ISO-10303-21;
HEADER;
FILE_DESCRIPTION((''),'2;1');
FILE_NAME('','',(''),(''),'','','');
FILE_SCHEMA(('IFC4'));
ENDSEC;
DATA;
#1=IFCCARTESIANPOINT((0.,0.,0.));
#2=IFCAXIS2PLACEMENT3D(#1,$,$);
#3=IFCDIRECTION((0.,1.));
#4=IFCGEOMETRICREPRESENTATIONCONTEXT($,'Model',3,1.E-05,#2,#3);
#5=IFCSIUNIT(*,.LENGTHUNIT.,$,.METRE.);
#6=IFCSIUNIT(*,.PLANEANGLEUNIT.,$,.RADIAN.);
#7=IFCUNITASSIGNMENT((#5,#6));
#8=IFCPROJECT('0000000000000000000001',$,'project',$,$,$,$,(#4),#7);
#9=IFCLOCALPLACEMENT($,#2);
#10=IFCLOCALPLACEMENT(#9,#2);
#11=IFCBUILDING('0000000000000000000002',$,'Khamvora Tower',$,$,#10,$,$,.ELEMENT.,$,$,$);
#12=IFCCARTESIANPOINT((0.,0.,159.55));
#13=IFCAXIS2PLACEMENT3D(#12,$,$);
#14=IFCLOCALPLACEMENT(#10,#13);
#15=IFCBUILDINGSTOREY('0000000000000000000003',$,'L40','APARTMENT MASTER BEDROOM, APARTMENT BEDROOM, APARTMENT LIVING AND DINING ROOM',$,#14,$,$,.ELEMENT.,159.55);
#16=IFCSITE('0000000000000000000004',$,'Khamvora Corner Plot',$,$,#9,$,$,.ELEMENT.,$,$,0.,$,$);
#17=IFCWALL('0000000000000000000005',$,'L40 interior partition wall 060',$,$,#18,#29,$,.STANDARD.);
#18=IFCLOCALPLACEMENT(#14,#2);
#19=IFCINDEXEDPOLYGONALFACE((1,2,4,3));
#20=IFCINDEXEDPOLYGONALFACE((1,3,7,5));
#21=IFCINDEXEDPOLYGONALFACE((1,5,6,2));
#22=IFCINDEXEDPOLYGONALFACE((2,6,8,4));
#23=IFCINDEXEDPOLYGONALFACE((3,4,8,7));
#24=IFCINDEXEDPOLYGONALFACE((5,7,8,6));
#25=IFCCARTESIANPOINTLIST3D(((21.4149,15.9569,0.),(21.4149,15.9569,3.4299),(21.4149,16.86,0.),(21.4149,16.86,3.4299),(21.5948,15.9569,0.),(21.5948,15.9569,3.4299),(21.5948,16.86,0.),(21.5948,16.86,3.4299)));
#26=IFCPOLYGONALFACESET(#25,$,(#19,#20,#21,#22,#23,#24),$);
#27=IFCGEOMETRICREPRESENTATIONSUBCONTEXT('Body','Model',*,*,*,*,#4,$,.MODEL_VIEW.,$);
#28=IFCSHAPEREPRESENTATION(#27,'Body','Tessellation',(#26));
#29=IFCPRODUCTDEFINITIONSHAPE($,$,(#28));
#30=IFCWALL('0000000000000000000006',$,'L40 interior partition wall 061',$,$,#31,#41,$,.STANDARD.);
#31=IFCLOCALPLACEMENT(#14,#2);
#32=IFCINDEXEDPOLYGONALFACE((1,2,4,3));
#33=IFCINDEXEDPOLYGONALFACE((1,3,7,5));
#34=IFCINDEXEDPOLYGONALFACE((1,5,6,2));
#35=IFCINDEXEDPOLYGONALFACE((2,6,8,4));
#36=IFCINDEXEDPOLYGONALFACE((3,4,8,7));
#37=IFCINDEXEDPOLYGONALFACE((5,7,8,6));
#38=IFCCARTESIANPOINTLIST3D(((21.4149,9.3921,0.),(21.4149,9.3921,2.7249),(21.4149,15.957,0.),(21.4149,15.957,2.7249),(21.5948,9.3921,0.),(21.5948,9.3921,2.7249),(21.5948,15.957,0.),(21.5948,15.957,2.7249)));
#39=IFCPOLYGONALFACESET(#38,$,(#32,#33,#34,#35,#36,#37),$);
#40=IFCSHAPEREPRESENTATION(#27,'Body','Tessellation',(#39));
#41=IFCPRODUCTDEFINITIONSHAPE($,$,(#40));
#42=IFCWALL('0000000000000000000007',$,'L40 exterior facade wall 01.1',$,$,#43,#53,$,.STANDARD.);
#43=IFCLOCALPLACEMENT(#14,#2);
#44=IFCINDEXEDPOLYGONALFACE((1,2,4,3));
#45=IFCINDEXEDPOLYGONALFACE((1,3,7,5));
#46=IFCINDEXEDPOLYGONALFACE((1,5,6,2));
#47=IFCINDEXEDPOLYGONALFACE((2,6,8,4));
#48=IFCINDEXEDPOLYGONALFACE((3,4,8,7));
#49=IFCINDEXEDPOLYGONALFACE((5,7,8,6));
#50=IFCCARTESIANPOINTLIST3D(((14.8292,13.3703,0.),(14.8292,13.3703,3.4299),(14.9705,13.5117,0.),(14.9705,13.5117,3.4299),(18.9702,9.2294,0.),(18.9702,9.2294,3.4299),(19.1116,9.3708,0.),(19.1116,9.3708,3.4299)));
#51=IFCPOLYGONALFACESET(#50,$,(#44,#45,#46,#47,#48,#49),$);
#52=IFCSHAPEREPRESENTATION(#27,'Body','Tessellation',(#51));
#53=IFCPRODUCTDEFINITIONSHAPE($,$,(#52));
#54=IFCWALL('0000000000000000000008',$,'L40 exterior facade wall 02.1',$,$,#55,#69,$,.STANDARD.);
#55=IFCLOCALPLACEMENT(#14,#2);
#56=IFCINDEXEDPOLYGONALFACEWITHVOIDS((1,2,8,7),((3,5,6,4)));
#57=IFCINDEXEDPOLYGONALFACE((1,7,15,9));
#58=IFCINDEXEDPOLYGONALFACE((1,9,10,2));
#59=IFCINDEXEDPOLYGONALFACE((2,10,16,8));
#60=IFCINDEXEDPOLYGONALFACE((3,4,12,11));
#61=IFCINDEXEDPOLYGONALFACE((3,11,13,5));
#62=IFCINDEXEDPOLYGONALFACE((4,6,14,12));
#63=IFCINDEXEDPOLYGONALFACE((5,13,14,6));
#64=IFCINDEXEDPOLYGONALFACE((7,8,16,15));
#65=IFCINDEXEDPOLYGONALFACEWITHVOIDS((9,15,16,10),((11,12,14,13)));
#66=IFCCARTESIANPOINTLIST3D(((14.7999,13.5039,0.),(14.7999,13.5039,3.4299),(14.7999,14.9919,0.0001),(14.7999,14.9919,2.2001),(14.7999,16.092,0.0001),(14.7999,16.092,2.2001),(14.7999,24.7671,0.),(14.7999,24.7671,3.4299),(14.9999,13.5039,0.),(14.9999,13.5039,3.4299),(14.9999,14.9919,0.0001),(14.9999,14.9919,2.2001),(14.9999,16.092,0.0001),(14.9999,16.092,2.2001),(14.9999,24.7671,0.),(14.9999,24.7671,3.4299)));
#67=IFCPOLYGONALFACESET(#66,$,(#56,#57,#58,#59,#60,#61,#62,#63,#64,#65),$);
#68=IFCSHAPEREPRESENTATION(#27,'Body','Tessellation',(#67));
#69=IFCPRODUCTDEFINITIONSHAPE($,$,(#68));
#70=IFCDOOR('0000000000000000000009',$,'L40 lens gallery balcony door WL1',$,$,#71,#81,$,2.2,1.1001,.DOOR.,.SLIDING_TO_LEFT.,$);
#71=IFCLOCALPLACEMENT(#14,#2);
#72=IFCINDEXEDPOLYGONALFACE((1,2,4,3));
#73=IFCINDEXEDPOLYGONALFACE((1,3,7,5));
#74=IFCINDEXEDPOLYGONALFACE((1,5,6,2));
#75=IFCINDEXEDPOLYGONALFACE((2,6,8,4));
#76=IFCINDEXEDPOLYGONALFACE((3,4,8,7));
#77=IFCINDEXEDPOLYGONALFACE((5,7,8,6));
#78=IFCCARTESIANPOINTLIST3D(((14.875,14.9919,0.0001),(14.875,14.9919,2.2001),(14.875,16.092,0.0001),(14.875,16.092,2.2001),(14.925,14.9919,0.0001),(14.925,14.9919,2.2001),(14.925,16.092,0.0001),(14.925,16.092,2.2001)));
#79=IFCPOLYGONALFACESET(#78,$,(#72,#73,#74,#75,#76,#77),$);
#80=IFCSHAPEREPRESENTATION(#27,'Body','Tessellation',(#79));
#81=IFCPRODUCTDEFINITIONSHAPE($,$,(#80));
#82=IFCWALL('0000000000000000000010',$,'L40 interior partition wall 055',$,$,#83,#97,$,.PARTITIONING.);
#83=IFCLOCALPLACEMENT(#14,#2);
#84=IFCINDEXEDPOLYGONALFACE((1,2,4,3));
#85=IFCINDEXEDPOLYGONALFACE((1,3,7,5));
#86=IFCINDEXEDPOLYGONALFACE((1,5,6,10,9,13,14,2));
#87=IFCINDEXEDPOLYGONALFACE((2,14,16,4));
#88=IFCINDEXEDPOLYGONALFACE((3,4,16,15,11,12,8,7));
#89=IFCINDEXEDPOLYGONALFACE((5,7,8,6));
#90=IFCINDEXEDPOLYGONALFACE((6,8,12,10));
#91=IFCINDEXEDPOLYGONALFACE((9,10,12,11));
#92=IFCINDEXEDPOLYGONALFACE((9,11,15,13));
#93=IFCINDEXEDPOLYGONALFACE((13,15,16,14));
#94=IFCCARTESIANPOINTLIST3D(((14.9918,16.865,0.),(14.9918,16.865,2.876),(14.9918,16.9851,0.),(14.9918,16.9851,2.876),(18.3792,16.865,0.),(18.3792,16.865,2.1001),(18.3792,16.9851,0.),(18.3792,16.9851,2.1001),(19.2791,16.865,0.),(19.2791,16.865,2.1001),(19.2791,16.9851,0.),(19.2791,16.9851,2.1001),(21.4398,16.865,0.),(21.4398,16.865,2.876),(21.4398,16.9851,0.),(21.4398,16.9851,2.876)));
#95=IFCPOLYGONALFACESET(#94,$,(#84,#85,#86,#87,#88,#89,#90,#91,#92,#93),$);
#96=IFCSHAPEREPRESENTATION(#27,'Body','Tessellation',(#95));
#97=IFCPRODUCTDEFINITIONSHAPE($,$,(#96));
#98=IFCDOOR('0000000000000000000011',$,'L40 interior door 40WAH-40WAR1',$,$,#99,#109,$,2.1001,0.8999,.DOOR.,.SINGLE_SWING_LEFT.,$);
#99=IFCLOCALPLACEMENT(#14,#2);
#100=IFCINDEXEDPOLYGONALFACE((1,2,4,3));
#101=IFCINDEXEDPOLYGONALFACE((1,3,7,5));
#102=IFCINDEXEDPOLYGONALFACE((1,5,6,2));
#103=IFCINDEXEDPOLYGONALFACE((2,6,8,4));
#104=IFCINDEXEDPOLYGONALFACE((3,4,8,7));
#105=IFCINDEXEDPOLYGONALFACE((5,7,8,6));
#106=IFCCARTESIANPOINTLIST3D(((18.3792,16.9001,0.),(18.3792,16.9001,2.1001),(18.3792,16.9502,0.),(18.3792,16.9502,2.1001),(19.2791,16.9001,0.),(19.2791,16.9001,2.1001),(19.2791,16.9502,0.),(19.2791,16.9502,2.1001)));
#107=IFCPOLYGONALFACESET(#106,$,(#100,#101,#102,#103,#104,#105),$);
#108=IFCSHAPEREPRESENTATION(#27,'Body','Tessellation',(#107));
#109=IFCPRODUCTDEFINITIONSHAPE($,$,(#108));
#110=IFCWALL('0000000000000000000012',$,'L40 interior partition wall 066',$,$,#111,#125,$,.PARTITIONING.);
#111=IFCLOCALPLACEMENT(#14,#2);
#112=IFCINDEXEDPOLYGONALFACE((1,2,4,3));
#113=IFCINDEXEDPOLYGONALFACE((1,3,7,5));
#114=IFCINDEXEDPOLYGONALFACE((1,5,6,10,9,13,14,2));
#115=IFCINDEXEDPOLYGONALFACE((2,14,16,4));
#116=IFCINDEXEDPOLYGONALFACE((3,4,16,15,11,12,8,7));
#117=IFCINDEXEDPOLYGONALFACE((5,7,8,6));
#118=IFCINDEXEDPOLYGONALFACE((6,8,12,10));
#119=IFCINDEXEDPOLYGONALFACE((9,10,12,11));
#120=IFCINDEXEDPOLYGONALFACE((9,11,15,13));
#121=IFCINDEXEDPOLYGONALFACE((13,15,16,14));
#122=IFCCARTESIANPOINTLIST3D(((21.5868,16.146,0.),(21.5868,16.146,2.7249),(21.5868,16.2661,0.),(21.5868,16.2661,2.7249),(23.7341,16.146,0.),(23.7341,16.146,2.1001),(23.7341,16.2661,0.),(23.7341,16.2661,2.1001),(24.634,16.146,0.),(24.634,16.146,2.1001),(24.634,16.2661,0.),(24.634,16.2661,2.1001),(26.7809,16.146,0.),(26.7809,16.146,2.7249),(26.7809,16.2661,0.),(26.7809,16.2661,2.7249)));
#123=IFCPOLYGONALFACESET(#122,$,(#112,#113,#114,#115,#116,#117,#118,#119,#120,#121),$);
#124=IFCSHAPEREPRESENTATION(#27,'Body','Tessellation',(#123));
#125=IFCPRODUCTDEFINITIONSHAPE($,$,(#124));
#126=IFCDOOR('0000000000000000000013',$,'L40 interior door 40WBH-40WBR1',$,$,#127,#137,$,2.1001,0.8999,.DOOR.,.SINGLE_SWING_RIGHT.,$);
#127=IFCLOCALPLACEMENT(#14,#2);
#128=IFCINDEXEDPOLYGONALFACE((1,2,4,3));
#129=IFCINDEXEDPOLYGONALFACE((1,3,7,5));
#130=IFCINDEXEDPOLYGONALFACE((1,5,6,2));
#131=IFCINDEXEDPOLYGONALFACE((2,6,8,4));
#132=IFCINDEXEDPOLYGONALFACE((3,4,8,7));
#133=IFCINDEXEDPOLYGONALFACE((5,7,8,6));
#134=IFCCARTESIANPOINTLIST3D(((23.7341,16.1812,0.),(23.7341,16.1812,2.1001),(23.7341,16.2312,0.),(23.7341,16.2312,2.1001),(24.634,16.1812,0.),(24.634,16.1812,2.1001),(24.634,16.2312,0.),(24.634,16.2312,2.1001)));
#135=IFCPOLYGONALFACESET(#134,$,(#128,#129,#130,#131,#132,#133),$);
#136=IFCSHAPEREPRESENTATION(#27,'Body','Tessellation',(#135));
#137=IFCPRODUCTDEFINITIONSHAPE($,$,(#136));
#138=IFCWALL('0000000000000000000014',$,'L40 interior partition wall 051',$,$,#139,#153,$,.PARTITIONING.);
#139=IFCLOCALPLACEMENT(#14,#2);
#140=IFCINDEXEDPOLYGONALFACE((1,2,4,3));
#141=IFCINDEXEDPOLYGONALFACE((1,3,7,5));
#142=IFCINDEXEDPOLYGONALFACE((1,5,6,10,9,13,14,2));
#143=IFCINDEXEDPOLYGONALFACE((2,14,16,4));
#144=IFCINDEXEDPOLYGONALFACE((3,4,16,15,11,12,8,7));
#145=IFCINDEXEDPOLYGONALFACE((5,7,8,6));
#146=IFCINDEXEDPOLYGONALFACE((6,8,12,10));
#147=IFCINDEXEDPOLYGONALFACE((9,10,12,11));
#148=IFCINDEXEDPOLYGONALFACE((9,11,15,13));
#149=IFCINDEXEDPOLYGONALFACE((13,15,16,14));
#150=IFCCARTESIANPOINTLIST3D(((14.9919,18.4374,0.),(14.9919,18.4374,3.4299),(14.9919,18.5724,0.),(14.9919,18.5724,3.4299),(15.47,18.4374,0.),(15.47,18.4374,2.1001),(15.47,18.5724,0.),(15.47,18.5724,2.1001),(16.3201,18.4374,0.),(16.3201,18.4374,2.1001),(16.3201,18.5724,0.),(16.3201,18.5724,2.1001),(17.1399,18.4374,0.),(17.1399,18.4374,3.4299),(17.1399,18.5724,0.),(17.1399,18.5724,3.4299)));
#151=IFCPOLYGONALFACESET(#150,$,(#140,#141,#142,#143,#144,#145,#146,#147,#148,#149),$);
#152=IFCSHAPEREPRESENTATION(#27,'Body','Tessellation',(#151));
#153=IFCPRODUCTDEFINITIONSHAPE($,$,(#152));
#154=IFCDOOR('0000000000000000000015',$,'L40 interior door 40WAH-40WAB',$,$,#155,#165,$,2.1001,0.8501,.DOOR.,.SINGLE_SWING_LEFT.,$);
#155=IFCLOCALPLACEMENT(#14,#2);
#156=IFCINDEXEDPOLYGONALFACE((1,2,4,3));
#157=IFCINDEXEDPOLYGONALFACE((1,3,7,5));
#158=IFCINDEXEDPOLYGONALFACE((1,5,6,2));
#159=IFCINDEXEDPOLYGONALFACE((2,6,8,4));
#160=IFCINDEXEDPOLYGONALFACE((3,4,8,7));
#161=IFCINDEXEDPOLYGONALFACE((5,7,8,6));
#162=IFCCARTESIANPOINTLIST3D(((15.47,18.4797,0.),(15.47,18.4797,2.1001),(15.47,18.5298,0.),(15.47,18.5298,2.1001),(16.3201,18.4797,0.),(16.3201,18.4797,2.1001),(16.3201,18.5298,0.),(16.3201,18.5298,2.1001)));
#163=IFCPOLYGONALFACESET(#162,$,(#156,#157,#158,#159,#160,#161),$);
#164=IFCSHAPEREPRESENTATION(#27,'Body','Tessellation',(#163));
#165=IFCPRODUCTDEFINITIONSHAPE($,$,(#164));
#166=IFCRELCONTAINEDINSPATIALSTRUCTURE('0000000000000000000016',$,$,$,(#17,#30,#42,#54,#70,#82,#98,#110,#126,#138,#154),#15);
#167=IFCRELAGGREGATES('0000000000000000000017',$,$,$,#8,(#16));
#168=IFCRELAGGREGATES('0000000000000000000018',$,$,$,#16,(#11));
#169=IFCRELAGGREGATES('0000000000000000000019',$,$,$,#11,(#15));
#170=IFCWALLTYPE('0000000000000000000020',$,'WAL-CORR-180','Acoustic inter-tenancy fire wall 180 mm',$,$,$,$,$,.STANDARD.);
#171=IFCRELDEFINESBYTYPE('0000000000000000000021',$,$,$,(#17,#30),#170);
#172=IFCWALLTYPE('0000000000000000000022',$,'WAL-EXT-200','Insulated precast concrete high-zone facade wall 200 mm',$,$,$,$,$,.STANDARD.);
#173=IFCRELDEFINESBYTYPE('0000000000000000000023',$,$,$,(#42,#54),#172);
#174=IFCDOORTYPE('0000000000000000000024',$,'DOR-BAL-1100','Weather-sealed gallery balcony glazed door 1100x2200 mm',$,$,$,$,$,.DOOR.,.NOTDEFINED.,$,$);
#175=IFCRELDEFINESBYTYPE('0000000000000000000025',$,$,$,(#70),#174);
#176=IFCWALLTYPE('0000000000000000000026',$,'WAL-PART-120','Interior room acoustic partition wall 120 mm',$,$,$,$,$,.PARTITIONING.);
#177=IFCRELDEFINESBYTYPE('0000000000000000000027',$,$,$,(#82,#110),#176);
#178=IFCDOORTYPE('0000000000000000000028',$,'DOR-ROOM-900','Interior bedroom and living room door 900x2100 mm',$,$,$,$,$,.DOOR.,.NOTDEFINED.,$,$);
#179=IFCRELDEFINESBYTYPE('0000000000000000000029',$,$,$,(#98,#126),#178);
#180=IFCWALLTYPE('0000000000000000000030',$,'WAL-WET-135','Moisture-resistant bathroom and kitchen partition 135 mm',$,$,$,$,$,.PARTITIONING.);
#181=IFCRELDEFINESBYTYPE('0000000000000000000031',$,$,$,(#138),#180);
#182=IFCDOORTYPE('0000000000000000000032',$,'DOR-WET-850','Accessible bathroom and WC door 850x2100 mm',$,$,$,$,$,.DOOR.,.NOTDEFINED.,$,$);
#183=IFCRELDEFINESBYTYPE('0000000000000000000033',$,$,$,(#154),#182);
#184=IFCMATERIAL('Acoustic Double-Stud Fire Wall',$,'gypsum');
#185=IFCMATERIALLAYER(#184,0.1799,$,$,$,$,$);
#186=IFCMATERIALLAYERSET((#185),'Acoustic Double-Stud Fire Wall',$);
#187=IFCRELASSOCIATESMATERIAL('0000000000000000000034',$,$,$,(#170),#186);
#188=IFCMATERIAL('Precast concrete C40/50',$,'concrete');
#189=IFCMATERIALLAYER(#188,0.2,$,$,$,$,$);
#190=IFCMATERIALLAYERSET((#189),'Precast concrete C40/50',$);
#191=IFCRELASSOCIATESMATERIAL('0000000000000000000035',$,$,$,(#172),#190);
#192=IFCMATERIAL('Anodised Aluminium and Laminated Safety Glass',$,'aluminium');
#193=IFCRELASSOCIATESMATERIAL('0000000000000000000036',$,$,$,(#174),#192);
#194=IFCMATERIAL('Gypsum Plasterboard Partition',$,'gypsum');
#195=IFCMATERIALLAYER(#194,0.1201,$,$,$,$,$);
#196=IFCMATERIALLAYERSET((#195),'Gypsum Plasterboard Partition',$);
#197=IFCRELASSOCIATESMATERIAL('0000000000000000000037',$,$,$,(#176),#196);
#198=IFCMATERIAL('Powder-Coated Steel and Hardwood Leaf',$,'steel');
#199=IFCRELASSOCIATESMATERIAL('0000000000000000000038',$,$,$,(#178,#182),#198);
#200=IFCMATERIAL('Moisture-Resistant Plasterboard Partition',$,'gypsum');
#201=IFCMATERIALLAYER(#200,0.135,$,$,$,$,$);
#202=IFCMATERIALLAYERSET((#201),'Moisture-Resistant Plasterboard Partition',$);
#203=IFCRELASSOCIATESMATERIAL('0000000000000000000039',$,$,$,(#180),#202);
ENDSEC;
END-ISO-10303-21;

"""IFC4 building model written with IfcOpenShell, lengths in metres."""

from ifc_helpers import new_model, si_unit, direction, frame, frame_2d, origin, place, context, subcontext, project, spatial, rectangle, extrude, material, layer, layer_set, type_object, element, fill, save


model = new_model("IFC4")

# Units and contexts
model_context = context("Model", 3, precision=1e-05, world=origin(), true_north=direction((0.0, 1.0)))
body_context = subcontext(model_context, "Body", "Model", "MODEL_VIEW")
ifc_project = project(units=[si_unit("LENGTHUNIT", "METRE"), si_unit("PLANEANGLEUNIT", "RADIAN")], contexts=[model_context])

# Site, building, storey
site_placement = place(None, origin())
site = spatial("IfcSite", under=ifc_project, at=site_placement, Name="Khamvora Corner Plot", CompositionType="ELEMENT", RefElevation=0.0)
building_placement = place(site_placement, origin())
building = spatial("IfcBuilding", under=site, at=building_placement, Name="Khamvora Tower", CompositionType="ELEMENT")
storey_placement = place(building_placement, frame((0.0, 0.0, 159.55)))
storey = spatial("IfcBuildingStorey", under=building, at=storey_placement, Name="L40", Description="APARTMENT MASTER BEDROOM, APARTMENT BEDROOM, APARTMENT LIVING AND DINING ROOM", CompositionType="ELEMENT", Elevation=159.55)

# Walls
ifc_material_1 = material(Name="Acoustic Double-Stud Fire Wall", Category="gypsum")
ifc_layer_1 = layer(ifc_material_1, 0.1799)
ifc_layer_set_1 = layer_set([ifc_layer_1], Name="Acoustic Double-Stud Fire Wall")
wall_type_1 = type_object("IfcWallType", Name="WAL-CORR-180", Description="Acoustic inter-tenancy fire wall 180 mm", PredefinedType="STANDARD", material=ifc_layer_set_1)
wall_1_placement = place(storey_placement, frame((21.5049, 16.8601, 0.0), z_axis=(0.0, 0.0, 1.0), x_axis=(0.0, -1.0, 0.0)))
element("IfcWall", 1, at=wall_1_placement, inside=storey, type_object=wall_type_1, Name="L40 interior partition wall 060", PredefinedType="STANDARD", context=body_context, shape_type="SweptSolid", body=[
    extrude(rectangle(XDim=0.9031, YDim=0.1799, at=frame_2d((0.4517, 0.0))), origin(), (0.0, 0.0, 1.0), 3.4299),
])
wall_2_placement = place(storey_placement, frame((21.5049, 15.957, 0.0), z_axis=(0.0, 0.0, 1.0), x_axis=(0.0, -1.0, 0.0)))
element("IfcWall", 2, at=wall_2_placement, inside=storey, type_object=wall_type_1, Name="L40 interior partition wall 061", PredefinedType="STANDARD", context=body_context, shape_type="SweptSolid", body=[
    extrude(rectangle(XDim=6.5649, YDim=0.1799, at=frame_2d((3.2825, 0.0))), origin(), (0.0, 0.0, 1.0), 2.7249),
])
ifc_material_2 = material(Name="Precast concrete C40/50", Category="concrete")
ifc_layer_2 = layer(ifc_material_2, 0.2)
ifc_layer_set_2 = layer_set([ifc_layer_2], Name="Precast concrete C40/50")
wall_type_2 = type_object("IfcWallType", Name="WAL-EXT-200", Description="Insulated precast concrete high-zone facade wall 200 mm", PredefinedType="STANDARD", material=ifc_layer_set_2)
wall_3_placement = place(storey_placement, frame((19.041, 9.3, 0.0), z_axis=(0.0, 0.0, 1.0), x_axis=(-0.707128, 0.707086, 0.0)))
element("IfcWall", 3, at=wall_3_placement, inside=storey, type_object=wall_type_2, Name="L40 exterior facade wall 01.1", PredefinedType="STANDARD", context=body_context, shape_type="SweptSolid", body=[
    extrude(rectangle(XDim=5.8562, YDim=0.2, at=frame_2d((2.9282, 0.0))), origin(), (0.0, 0.0, 1.0), 3.4299),
])

# Walls, openings, doors
wall_4_placement = place(storey_placement, frame((14.8999, 13.5039, 0.0), z_axis=(0.0, 0.0, 1.0), x_axis=(0.0, 1.0, 0.0)))
wall_4 = element("IfcWall", 4, at=wall_4_placement, inside=storey, type_object=wall_type_2, Name="L40 exterior facade wall 02.1", PredefinedType="STANDARD", context=body_context, shape_type="SweptSolid", body=[
    extrude(rectangle(XDim=11.2632, YDim=0.2, at=frame_2d((5.6316, 0.0))), origin(), (0.0, 0.0, 1.0), 3.4299),
])
opening_1_placement = place(wall_4_placement, frame((1.488, 0.0, 0.0)))
opening_1 = element("IfcOpeningElement", 5, at=opening_1_placement, cuts=wall_4, PredefinedType="OPENING", context=body_context, shape_type="SweptSolid", body=[
    extrude(rectangle(XDim=1.1001, YDim=2.2, at=frame_2d((0.55, 1.1001))), frame((0.0, 0.1099, 0.0), z_axis=(0.0, -1.0, 0.0), x_axis=(1.0, 0.0, 0.0)), (0.0, 0.0, 1.0), 0.22),
])
ifc_material_3 = material(Name="Anodised Aluminium and Laminated Safety Glass", Category="aluminium")
door_type_1 = type_object("IfcDoorType", Name="DOR-BAL-1100", Description="Weather-sealed gallery balcony glazed door 1100x2200 mm", OperationType="NOTDEFINED", PredefinedType="DOOR", material=ifc_material_3)
door_1_placement = place(opening_1_placement, origin())
door_1 = element("IfcDoor", 6, at=door_1_placement, inside=storey, type_object=door_type_1, Name="L40 lens gallery balcony door WL1", OperationType="SLIDING_TO_LEFT", OverallHeight=2.2, OverallWidth=1.1001, PredefinedType="DOOR", context=body_context, shape_type="SweptSolid", body=[
    extrude(rectangle(XDim=1.1001, YDim=2.2, at=frame_2d((0.55, 1.1001))), frame((0.0, 0.0249, 0.0), z_axis=(0.0, -1.0, 0.0), x_axis=(1.0, 0.0, 0.0)), (0.0, 0.0, 1.0), 0.05),
])
fill(opening_1, door_1)
ifc_material_4 = material(Name="Gypsum Plasterboard Partition", Category="gypsum")
ifc_layer_3 = layer(ifc_material_4, 0.1201)
ifc_layer_set_3 = layer_set([ifc_layer_3], Name="Gypsum Plasterboard Partition")
wall_type_3 = type_object("IfcWallType", Name="WAL-PART-120", Description="Interior room acoustic partition wall 120 mm", PredefinedType="PARTITIONING", material=ifc_layer_set_3)
wall_5_placement = place(storey_placement, frame((21.4399, 16.925, 0.0), z_axis=(0.0, 0.0, 1.0), x_axis=(-1.0, 0.0, 0.0)))
wall_5 = element("IfcWall", 7, at=wall_5_placement, inside=storey, type_object=wall_type_3, Name="L40 interior partition wall 055", PredefinedType="PARTITIONING", context=body_context, shape_type="SweptSolid", body=[
    extrude(rectangle(XDim=6.448, YDim=0.1201, at=frame_2d((3.2241, 0.0))), origin(), (0.0, 0.0, 1.0), 2.876),
])
opening_2_placement = place(wall_5_placement, frame((2.1609, 0.0, 0.0)))
opening_2 = element("IfcOpeningElement", 8, at=opening_2_placement, cuts=wall_5, PredefinedType="OPENING", context=body_context, shape_type="SweptSolid", body=[
    extrude(rectangle(XDim=0.8999, YDim=2.1001, at=frame_2d((0.45, 1.05))), frame((0.0, 0.0701, 0.0), z_axis=(0.0, -1.0, 0.0), x_axis=(1.0, 0.0, 0.0)), (0.0, 0.0, 1.0), 0.1401),
])
ifc_material_5 = material(Name="Powder-Coated Steel and Hardwood Leaf", Category="steel")
door_type_2 = type_object("IfcDoorType", Name="DOR-ROOM-900", Description="Interior bedroom and living room door 900x2100 mm", OperationType="NOTDEFINED", PredefinedType="DOOR", material=ifc_material_5)
door_2_placement = place(opening_2_placement, origin())
door_2 = element("IfcDoor", 9, at=door_2_placement, inside=storey, type_object=door_type_2, Name="L40 interior door 40WAH-40WAR1", OperationType="SINGLE_SWING_LEFT", OverallHeight=2.1001, OverallWidth=0.8999, PredefinedType="DOOR", context=body_context, shape_type="SweptSolid", body=[
    extrude(rectangle(XDim=0.8999, YDim=2.1001, at=frame_2d((0.45, 1.05))), frame((0.0, 0.0249, 0.0), z_axis=(0.0, -1.0, 0.0), x_axis=(1.0, 0.0, 0.0)), (0.0, 0.0, 1.0), 0.05),
])
fill(opening_2, door_2)
wall_6_placement = place(storey_placement, frame((26.781, 16.2061, 0.0), z_axis=(0.0, 0.0, 1.0), x_axis=(-1.0, 0.0, 0.0)))
wall_6 = element("IfcWall", 10, at=wall_6_placement, inside=storey, type_object=wall_type_3, Name="L40 interior partition wall 066", PredefinedType="PARTITIONING", context=body_context, shape_type="SweptSolid", body=[
    extrude(rectangle(XDim=5.1941, YDim=0.1201, at=frame_2d((2.5972, 0.0))), origin(), (0.0, 0.0, 1.0), 2.7249),
])
opening_3_placement = place(wall_6_placement, frame((2.147, 0.0, 0.0)))
opening_3 = element("IfcOpeningElement", 11, at=opening_3_placement, cuts=wall_6, PredefinedType="OPENING", context=body_context, shape_type="SweptSolid", body=[
    extrude(rectangle(XDim=0.8999, YDim=2.1001, at=frame_2d((0.45, 1.05))), frame((0.0, 0.0701, 0.0), z_axis=(0.0, -1.0, 0.0), x_axis=(1.0, 0.0, 0.0)), (0.0, 0.0, 1.0), 0.1401),
])
door_3_placement = place(opening_3_placement, origin())
door_3 = element("IfcDoor", 12, at=door_3_placement, inside=storey, type_object=door_type_2, Name="L40 interior door 40WBH-40WBR1", OperationType="SINGLE_SWING_RIGHT", OverallHeight=2.1001, OverallWidth=0.8999, PredefinedType="DOOR", context=body_context, shape_type="SweptSolid", body=[
    extrude(rectangle(XDim=0.8999, YDim=2.1001, at=frame_2d((0.45, 1.05))), frame((0.0, 0.0249, 0.0), z_axis=(0.0, -1.0, 0.0), x_axis=(1.0, 0.0, 0.0)), (0.0, 0.0, 1.0), 0.05),
])
fill(opening_3, door_3)
ifc_material_6 = material(Name="Moisture-Resistant Plasterboard Partition", Category="gypsum")
ifc_layer_4 = layer(ifc_material_6, 0.135)
ifc_layer_set_4 = layer_set([ifc_layer_4], Name="Moisture-Resistant Plasterboard Partition")
wall_type_4 = type_object("IfcWallType", Name="WAL-WET-135", Description="Moisture-resistant bathroom and kitchen partition 135 mm", PredefinedType="PARTITIONING", material=ifc_layer_set_4)
wall_7_placement = place(storey_placement, frame((14.9919, 18.5049, 0.0), z_axis=(0.0, 0.0, 1.0), x_axis=(1.0, 0.0, 0.0)))
wall_7 = element("IfcWall", 13, at=wall_7_placement, inside=storey, type_object=wall_type_4, Name="L40 interior partition wall 051", PredefinedType="PARTITIONING", context=body_context, shape_type="SweptSolid", body=[
    extrude(rectangle(XDim=2.1479, YDim=0.135, at=frame_2d((1.074, 0.0))), origin(), (0.0, 0.0, 1.0), 3.4299),
])
opening_4_placement = place(wall_7_placement, frame((0.478, 0.0, 0.0)))
opening_4 = element("IfcOpeningElement", 14, at=opening_4_placement, cuts=wall_7, PredefinedType="OPENING", context=body_context, shape_type="SweptSolid", body=[
    extrude(rectangle(XDim=0.8501, YDim=2.1001, at=frame_2d((0.425, 1.05))), frame((0.0, 0.0774, 0.0), z_axis=(0.0, -1.0, 0.0), x_axis=(1.0, 0.0, 0.0)), (0.0, 0.0, 1.0), 0.155),
])
door_type_3 = type_object("IfcDoorType", Name="DOR-WET-850", Description="Accessible bathroom and WC door 850x2100 mm", OperationType="NOTDEFINED", PredefinedType="DOOR", material=ifc_material_5)
door_4_placement = place(opening_4_placement, origin())
door_4 = element("IfcDoor", 15, at=door_4_placement, inside=storey, type_object=door_type_3, Name="L40 interior door 40WAH-40WAB", OperationType="SINGLE_SWING_LEFT", OverallHeight=2.1001, OverallWidth=0.8501, PredefinedType="DOOR", context=body_context, shape_type="SweptSolid", body=[
    extrude(rectangle(XDim=0.8501, YDim=2.1001, at=frame_2d((0.425, 1.05))), frame((0.0, 0.0249, 0.0), z_axis=(0.0, -1.0, 0.0), x_axis=(1.0, 0.0, 0.0)), (0.0, 0.0, 1.0), 0.05),
])
fill(opening_4, door_4)

save(model, "model.ifc")
